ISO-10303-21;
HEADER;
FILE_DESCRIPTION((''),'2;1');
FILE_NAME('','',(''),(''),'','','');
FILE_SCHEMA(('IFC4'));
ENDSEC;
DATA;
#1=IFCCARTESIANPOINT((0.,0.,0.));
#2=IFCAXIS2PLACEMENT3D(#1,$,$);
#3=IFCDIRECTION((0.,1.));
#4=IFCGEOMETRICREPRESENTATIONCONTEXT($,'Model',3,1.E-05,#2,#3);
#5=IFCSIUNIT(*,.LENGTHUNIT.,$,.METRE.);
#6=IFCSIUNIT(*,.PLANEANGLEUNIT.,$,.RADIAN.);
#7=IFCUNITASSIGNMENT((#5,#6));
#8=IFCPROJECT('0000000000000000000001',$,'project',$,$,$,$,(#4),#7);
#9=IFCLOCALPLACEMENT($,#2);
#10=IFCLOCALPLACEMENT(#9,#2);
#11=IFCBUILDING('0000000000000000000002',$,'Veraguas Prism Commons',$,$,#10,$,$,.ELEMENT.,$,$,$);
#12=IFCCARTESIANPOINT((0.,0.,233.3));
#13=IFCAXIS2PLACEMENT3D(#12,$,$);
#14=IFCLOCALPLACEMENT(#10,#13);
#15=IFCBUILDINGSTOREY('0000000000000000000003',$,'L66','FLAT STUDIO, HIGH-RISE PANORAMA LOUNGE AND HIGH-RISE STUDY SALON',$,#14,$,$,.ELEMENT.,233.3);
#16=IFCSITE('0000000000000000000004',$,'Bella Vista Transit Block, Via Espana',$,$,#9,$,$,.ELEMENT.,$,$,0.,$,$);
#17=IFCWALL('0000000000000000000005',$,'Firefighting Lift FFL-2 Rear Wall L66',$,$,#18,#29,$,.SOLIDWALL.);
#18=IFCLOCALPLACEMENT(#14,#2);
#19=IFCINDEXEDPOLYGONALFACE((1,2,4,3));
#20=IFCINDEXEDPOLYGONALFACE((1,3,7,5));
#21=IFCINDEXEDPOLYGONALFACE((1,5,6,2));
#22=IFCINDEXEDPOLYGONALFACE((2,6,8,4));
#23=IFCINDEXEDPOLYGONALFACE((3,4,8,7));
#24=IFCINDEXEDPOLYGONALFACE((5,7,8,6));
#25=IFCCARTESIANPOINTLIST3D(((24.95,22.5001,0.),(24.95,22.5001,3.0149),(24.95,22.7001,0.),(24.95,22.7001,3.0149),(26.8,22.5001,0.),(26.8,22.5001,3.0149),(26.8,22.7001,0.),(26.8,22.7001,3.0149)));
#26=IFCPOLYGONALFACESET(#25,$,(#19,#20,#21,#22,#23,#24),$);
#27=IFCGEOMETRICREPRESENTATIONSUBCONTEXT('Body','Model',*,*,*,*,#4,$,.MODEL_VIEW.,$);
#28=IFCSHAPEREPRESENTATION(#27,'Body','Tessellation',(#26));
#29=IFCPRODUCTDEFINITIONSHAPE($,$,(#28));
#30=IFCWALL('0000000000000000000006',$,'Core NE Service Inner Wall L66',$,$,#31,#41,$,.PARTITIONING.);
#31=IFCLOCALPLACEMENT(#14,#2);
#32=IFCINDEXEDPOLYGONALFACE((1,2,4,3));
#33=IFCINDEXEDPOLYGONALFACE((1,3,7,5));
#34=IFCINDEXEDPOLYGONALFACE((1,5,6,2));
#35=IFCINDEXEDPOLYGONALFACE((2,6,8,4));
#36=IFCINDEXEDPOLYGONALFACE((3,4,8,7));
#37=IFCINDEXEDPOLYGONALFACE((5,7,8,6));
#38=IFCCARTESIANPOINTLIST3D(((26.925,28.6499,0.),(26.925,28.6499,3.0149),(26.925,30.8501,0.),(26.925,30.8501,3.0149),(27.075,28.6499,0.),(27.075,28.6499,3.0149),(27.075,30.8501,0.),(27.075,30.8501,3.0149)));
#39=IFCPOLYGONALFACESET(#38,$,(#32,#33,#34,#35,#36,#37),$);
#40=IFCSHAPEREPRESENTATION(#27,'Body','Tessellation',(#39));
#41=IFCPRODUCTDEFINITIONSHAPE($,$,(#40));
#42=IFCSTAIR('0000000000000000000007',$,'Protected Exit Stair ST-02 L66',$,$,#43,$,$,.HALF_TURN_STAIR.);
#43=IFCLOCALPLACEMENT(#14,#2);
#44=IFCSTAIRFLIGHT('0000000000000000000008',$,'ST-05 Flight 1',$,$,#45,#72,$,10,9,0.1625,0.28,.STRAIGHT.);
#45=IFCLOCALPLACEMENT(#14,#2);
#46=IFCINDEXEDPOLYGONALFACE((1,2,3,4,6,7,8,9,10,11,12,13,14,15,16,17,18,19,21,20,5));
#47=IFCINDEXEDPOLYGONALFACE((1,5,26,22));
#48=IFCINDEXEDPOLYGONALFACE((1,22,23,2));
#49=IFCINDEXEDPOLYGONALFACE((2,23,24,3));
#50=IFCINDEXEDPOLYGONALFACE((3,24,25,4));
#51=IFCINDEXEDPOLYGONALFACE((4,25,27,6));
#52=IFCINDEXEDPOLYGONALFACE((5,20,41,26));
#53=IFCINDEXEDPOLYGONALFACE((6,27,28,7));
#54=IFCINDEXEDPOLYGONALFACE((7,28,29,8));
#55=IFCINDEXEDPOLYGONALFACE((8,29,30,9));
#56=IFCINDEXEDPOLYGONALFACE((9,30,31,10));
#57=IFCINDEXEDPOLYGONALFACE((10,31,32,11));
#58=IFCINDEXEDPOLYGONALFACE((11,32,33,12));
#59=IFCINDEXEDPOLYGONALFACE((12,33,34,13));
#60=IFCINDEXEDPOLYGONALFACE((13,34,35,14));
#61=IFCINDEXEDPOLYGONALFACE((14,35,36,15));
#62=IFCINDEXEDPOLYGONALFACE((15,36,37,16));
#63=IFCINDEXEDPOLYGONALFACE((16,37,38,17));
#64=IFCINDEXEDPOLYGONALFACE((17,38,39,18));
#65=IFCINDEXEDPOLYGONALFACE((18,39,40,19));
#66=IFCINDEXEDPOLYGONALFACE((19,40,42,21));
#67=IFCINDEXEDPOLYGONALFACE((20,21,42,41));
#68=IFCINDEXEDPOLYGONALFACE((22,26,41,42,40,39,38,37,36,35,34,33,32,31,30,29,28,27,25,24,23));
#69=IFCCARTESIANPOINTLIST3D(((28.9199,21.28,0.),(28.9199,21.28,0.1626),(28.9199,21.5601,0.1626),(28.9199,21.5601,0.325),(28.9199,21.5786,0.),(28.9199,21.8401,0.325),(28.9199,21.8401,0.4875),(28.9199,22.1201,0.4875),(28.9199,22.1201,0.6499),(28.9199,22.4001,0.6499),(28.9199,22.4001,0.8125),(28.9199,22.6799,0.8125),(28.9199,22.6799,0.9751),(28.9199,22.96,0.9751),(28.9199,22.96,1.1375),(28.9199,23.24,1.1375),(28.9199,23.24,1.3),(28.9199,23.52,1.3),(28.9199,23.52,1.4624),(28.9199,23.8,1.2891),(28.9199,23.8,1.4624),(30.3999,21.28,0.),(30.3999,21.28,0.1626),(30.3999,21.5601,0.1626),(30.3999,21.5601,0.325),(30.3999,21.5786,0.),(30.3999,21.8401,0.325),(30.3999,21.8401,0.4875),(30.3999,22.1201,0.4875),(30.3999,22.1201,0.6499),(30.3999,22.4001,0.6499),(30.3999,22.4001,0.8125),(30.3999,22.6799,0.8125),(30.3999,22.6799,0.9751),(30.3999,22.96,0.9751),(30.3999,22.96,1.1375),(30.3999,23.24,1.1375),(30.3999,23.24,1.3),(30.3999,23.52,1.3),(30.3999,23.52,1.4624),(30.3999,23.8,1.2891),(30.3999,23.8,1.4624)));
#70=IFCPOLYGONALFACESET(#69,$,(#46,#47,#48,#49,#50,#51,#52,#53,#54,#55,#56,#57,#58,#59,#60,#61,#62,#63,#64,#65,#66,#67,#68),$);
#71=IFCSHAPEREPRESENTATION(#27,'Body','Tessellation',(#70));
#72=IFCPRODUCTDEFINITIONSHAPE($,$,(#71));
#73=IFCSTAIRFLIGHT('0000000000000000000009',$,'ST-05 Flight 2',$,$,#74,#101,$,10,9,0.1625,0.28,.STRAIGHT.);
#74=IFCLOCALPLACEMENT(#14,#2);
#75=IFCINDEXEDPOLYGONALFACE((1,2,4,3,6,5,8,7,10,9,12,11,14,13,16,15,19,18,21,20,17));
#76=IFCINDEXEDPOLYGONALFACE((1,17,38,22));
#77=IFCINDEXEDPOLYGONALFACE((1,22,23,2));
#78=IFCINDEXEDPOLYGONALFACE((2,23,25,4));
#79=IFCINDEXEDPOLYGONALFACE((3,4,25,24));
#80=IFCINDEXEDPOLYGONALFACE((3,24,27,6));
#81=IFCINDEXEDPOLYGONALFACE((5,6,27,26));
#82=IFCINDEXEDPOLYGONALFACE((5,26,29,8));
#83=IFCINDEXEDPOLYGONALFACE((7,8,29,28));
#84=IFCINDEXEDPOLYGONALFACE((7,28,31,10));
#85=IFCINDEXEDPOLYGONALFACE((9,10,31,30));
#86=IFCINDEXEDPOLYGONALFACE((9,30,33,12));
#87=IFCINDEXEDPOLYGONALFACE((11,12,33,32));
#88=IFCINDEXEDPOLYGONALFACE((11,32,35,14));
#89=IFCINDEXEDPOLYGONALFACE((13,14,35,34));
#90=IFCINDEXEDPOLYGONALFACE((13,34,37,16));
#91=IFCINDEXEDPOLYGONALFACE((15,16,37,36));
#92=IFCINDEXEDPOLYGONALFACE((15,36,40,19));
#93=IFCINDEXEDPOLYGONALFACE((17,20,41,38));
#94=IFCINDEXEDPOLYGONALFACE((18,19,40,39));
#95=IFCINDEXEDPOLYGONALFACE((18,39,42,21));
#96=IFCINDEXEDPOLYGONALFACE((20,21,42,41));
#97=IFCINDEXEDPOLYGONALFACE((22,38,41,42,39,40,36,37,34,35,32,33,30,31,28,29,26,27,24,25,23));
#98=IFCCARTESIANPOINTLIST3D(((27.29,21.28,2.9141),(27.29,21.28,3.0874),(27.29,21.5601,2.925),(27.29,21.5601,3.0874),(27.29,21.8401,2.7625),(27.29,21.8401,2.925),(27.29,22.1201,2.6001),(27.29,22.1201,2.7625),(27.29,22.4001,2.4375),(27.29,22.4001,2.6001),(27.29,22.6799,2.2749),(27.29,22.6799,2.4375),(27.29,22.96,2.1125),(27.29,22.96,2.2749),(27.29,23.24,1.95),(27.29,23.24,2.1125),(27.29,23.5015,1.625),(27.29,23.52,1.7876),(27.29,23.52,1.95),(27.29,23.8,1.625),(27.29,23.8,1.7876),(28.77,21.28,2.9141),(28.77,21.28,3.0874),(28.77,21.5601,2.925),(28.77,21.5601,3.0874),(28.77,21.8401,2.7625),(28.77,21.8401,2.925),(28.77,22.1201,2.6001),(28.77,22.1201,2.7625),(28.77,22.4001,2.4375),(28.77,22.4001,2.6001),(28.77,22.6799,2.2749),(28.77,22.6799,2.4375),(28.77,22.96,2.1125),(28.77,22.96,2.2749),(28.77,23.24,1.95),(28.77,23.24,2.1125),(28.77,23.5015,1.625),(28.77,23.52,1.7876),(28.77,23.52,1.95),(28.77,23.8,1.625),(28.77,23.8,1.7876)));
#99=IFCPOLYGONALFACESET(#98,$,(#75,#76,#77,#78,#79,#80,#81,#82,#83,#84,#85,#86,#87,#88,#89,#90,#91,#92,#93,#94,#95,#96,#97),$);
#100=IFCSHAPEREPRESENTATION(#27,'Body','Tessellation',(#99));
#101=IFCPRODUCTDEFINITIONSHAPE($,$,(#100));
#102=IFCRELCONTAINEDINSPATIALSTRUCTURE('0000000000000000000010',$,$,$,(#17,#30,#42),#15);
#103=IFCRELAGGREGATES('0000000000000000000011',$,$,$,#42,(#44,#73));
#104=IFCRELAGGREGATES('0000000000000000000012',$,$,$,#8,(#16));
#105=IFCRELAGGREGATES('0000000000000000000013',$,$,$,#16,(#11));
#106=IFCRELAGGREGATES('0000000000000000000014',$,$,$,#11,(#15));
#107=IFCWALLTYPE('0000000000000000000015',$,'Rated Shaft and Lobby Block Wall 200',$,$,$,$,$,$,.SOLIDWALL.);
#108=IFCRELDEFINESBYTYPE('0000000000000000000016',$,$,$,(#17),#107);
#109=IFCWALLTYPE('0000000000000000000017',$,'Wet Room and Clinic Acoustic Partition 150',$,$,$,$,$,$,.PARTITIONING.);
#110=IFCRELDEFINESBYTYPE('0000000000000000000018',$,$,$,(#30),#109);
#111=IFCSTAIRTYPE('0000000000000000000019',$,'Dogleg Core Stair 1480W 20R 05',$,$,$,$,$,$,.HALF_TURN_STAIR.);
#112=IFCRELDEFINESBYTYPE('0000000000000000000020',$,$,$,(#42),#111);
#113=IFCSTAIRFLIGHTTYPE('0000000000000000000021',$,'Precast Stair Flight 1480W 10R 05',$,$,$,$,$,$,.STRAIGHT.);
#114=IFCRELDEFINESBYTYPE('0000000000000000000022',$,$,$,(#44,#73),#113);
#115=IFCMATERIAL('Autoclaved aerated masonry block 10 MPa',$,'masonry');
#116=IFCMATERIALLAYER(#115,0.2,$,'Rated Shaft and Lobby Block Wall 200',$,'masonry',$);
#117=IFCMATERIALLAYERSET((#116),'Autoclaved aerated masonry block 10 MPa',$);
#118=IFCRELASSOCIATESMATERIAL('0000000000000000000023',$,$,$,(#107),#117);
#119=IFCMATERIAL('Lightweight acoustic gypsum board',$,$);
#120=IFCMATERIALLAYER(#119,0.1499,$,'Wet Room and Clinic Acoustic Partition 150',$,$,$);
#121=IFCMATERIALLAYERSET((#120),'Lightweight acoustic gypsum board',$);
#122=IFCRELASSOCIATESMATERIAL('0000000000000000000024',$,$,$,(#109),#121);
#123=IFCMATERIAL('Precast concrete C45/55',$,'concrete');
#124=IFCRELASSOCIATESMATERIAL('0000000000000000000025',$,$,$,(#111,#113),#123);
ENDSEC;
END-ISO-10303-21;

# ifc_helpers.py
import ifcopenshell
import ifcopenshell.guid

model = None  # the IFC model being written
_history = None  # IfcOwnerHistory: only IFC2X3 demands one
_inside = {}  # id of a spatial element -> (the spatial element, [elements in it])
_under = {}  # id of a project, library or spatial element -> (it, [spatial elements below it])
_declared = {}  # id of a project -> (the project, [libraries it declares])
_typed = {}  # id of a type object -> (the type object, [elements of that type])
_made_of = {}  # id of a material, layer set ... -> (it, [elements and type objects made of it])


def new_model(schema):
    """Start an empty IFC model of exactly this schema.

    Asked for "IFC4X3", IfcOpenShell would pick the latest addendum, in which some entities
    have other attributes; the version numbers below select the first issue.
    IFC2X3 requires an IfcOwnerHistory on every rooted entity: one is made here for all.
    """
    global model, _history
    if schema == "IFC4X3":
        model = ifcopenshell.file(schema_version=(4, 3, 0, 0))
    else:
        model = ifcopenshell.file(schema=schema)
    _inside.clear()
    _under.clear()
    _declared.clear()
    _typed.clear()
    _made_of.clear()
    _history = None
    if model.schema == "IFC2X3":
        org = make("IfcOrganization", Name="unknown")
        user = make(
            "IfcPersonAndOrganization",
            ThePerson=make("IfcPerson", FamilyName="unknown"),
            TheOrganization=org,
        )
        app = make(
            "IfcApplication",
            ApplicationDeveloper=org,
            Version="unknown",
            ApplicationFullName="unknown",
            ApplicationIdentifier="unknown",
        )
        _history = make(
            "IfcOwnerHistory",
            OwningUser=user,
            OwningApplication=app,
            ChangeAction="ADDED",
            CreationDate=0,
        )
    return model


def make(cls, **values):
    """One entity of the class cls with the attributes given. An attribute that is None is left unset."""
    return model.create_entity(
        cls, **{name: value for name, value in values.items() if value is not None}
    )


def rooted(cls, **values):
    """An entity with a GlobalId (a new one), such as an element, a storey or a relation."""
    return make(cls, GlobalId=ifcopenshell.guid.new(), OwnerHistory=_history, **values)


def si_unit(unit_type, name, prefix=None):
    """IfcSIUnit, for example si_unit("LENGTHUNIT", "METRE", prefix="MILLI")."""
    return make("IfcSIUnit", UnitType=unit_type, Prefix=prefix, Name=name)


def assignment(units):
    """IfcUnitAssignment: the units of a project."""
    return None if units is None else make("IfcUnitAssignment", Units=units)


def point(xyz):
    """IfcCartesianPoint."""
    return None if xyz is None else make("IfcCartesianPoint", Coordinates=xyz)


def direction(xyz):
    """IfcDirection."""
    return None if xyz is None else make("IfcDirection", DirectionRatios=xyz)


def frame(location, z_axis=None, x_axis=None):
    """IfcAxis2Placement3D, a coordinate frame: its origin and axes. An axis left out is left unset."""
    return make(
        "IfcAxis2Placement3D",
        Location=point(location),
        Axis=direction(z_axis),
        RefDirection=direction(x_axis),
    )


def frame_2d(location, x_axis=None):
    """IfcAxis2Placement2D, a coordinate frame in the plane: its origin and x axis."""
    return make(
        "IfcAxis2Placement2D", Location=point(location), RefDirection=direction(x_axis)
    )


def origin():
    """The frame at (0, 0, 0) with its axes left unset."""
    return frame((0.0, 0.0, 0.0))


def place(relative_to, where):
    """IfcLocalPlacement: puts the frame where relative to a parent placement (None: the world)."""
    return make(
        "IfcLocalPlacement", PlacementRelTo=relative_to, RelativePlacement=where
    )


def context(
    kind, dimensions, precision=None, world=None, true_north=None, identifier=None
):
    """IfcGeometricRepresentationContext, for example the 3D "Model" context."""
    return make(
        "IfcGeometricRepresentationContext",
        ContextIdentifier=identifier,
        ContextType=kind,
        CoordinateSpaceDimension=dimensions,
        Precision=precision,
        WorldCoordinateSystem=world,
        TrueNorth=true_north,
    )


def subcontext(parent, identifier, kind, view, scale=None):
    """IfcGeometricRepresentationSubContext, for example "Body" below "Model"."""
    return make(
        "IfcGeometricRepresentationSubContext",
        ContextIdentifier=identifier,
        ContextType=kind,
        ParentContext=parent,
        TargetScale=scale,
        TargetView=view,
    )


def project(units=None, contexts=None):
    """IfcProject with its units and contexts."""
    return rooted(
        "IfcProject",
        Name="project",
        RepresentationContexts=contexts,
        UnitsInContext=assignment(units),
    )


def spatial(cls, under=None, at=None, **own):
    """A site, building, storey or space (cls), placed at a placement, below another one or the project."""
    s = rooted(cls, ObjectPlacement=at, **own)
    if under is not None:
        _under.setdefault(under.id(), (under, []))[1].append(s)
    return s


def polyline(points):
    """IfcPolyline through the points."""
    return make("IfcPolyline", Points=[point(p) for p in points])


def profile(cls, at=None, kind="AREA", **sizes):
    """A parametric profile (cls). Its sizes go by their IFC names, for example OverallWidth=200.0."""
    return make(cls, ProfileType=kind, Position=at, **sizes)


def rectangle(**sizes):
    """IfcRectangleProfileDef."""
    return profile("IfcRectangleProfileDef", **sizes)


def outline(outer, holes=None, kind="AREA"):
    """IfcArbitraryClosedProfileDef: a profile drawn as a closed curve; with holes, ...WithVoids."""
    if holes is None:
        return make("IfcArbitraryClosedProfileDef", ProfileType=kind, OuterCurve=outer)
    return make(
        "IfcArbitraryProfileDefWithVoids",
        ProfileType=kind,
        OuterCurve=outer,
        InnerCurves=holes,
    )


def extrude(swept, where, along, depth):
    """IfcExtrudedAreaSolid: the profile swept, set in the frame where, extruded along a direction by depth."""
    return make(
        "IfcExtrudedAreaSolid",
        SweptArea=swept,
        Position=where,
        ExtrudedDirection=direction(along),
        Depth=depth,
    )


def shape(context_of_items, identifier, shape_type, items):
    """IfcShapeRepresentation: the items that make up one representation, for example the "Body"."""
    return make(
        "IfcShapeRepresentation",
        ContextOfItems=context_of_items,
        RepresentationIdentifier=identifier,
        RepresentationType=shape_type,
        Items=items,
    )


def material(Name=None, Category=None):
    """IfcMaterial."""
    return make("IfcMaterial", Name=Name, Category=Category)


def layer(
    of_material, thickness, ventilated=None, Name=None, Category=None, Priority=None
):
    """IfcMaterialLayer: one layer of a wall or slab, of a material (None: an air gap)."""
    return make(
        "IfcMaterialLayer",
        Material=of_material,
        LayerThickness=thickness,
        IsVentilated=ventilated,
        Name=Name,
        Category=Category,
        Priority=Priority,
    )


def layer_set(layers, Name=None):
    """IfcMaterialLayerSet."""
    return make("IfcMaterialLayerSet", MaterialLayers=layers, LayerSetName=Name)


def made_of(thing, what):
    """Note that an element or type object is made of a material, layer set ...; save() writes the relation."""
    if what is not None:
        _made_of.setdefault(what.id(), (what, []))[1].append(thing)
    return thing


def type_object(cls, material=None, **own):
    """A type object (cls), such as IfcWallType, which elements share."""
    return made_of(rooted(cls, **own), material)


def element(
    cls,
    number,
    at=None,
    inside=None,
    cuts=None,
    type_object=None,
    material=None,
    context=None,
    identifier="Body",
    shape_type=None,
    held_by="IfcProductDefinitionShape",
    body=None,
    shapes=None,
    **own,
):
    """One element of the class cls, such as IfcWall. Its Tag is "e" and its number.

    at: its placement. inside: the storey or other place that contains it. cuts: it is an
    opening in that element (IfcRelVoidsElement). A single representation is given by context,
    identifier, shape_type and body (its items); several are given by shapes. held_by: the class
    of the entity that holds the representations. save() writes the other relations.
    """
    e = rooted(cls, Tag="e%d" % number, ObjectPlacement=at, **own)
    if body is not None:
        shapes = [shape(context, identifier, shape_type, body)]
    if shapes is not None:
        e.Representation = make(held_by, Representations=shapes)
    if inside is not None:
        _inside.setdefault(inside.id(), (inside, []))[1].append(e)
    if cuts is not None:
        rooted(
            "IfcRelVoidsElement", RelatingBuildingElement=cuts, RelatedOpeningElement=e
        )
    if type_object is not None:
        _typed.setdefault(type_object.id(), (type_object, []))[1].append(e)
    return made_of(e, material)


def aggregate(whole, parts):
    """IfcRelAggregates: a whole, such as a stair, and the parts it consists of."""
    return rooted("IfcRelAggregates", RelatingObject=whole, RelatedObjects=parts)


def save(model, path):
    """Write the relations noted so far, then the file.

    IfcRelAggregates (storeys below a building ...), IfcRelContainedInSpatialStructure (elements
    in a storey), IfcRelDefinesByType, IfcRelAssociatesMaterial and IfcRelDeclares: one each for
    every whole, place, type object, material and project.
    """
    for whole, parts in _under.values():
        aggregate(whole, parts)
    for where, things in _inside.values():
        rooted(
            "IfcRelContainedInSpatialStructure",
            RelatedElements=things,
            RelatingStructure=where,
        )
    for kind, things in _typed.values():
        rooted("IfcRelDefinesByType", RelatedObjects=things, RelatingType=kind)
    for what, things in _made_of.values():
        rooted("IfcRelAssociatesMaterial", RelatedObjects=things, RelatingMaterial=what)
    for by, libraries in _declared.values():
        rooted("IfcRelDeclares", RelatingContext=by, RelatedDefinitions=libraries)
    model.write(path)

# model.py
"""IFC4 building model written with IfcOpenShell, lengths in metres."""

from ifc_helpers import new_model, si_unit, direction, frame, frame_2d, origin, place, context, subcontext, project, spatial, polyline, rectangle, outline, extrude, material, layer, layer_set, type_object, element, aggregate, save


model = new_model("IFC4")

# Units and contexts
model_context = context("Model", 3, precision=1e-05, world=origin(), true_north=direction((0.0, 1.0)))
body_context = subcontext(model_context, "Body", "Model", "MODEL_VIEW")
ifc_project = project(units=[si_unit("LENGTHUNIT", "METRE"), si_unit("PLANEANGLEUNIT", "RADIAN")], contexts=[model_context])

# Site, building, storey
site_placement = place(None, origin())
site = spatial("IfcSite", under=ifc_project, at=site_placement, Name="Bella Vista Transit Block, Via Espana", CompositionType="ELEMENT", RefElevation=0.0)
building_placement = place(site_placement, origin())
building = spatial("IfcBuilding", under=site, at=building_placement, Name="Veraguas Prism Commons", CompositionType="ELEMENT")
storey_placement = place(building_placement, frame((0.0, 0.0, 233.3)))
storey = spatial("IfcBuildingStorey", under=building, at=storey_placement, Name="L66", Description="FLAT STUDIO, HIGH-RISE PANORAMA LOUNGE AND HIGH-RISE STUDY SALON", CompositionType="ELEMENT", Elevation=233.3)

# Shared definitions
ifc_material_1 = material(Name="Autoclaved aerated masonry block 10 MPa", Category="masonry")

# Walls
ifc_layer_1 = layer(ifc_material_1, 0.2, Name="Rated Shaft and Lobby Block Wall 200", Category="masonry")
ifc_layer_set_1 = layer_set([ifc_layer_1], Name="Autoclaved aerated masonry block 10 MPa")
wall_type_1 = type_object("IfcWallType", Name="Rated Shaft and Lobby Block Wall 200", PredefinedType="SOLIDWALL", material=ifc_layer_set_1)
wall_1_placement = place(storey_placement, frame((24.95, 22.6001, 0.0), z_axis=(0.0, 0.0, 1.0), x_axis=(1.0, 0.0, 0.0)))
element("IfcWall", 1, at=wall_1_placement, inside=storey, type_object=wall_type_1, Name="Firefighting Lift FFL-2 Rear Wall L66", PredefinedType="SOLIDWALL", context=body_context, shape_type="SweptSolid", body=[
    extrude(rectangle(XDim=1.8501, YDim=0.2, at=frame_2d((0.925, 0.0))), origin(), (0.0, 0.0, 1.0), 3.0149),
])
ifc_material_2 = material(Name="Lightweight acoustic gypsum board")
ifc_layer_2 = layer(ifc_material_2, 0.1499, Name="Wet Room and Clinic Acoustic Partition 150")
ifc_layer_set_2 = layer_set([ifc_layer_2], Name="Lightweight acoustic gypsum board")
wall_type_2 = type_object("IfcWallType", Name="Wet Room and Clinic Acoustic Partition 150", PredefinedType="PARTITIONING", material=ifc_layer_set_2)
wall_2_placement = place(storey_placement, frame((27.0, 28.6499, 0.0), z_axis=(0.0, 0.0, 1.0), x_axis=(0.0, 1.0, 0.0)))
element("IfcWall", 2, at=wall_2_placement, inside=storey, type_object=wall_type_2, Name="Core NE Service Inner Wall L66", PredefinedType="PARTITIONING", context=body_context, shape_type="SweptSolid", body=[
    extrude(rectangle(XDim=2.2002, YDim=0.1499, at=frame_2d((1.1001, 0.0))), origin(), (0.0, 0.0, 1.0), 3.0149),
])

# Stair, stair flights
ifc_material_3 = material(Name="Precast concrete C45/55", Category="concrete")
stair_type = type_object("IfcStairType", Name="Dogleg Core Stair 1480W 20R 05", PredefinedType="HALF_TURN_STAIR", material=ifc_material_3)
stair_placement = place(storey_placement, origin())
stair = element("IfcStair", 3, at=stair_placement, inside=storey, type_object=stair_type, Name="Protected Exit Stair ST-02 L66", PredefinedType="HALF_TURN_STAIR")
stair_flight_type = type_object("IfcStairFlightType", Name="Precast Stair Flight 1480W 10R 05", PredefinedType="STRAIGHT", material=ifc_material_3)
stair_flight_1_placement = place(storey_placement, frame((29.6599, 21.28, 0.0), z_axis=(0.0, 0.0, 1.0), x_axis=(0.0, 1.0, 0.0)))
stair_flight_1 = element("IfcStairFlight", 4, at=stair_flight_1_placement, type_object=stair_flight_type, Name="ST-05 Flight 1", NumberOfRisers=10, NumberOfTreads=9, PredefinedType="STRAIGHT", RiserHeight=0.1625, TreadLength=0.28, context=body_context, shape_type="SweptSolid", body=[
    extrude(outline(polyline([(0.0, 0.0), (0.0, 0.1626), (0.28, 0.1626), (0.28, 0.325), (0.5601, 0.325), (0.5601, 0.4875), (0.8401, 0.4875), (0.8401, 0.6499), (1.1201, 0.6499), (1.1201, 0.8125), (1.3999, 0.8125), (1.3999, 0.9751), (1.6799, 0.9751), (1.6799, 1.1375), (1.96, 1.1375), (1.96, 1.3), (2.24, 1.3), (2.24, 1.4624), (2.52, 1.4624), (2.52, 1.625), (2.52, 1.2891), (0.2986, 0.0), (0.0, 0.0)])), frame((0.0, 0.74, 0.0), z_axis=(0.0, -1.0, 0.0), x_axis=(1.0, 0.0, 0.0)), (0.0, 0.0, 1.0), 1.48),
])
stair_flight_2_placement = place(storey_placement, frame((28.03, 23.8, 1.625), z_axis=(0.0, 0.0, 1.0), x_axis=(0.0, -1.0, 0.0)))
stair_flight_2 = element("IfcStairFlight", 5, at=stair_flight_2_placement, type_object=stair_flight_type, Name="ST-05 Flight 2", NumberOfRisers=10, NumberOfTreads=9, PredefinedType="STRAIGHT", RiserHeight=0.1625, TreadLength=0.28, context=body_context, shape_type="SweptSolid", body=[
    extrude(outline(polyline([(0.0, 0.0), (0.0, 0.1626), (0.28, 0.1626), (0.28, 0.325), (0.5601, 0.325), (0.5601, 0.4875), (0.8401, 0.4875), (0.8401, 0.6499), (1.1201, 0.6499), (1.1201, 0.8125), (1.3999, 0.8125), (1.3999, 0.9751), (1.6799, 0.9751), (1.6799, 1.1375), (1.96, 1.1375), (1.96, 1.3), (2.24, 1.3), (2.24, 1.4624), (2.52, 1.4624), (2.52, 1.625), (2.52, 1.2891), (0.2986, 0.0), (0.0, 0.0)])), frame((0.0, 0.74, 0.0), z_axis=(0.0, -1.0, 0.0), x_axis=(1.0, 0.0, 0.0)), (0.0, 0.0, 1.0), 1.48),
])
aggregate(stair, [stair_flight_1, stair_flight_2])

save(model, "model.ifc")
